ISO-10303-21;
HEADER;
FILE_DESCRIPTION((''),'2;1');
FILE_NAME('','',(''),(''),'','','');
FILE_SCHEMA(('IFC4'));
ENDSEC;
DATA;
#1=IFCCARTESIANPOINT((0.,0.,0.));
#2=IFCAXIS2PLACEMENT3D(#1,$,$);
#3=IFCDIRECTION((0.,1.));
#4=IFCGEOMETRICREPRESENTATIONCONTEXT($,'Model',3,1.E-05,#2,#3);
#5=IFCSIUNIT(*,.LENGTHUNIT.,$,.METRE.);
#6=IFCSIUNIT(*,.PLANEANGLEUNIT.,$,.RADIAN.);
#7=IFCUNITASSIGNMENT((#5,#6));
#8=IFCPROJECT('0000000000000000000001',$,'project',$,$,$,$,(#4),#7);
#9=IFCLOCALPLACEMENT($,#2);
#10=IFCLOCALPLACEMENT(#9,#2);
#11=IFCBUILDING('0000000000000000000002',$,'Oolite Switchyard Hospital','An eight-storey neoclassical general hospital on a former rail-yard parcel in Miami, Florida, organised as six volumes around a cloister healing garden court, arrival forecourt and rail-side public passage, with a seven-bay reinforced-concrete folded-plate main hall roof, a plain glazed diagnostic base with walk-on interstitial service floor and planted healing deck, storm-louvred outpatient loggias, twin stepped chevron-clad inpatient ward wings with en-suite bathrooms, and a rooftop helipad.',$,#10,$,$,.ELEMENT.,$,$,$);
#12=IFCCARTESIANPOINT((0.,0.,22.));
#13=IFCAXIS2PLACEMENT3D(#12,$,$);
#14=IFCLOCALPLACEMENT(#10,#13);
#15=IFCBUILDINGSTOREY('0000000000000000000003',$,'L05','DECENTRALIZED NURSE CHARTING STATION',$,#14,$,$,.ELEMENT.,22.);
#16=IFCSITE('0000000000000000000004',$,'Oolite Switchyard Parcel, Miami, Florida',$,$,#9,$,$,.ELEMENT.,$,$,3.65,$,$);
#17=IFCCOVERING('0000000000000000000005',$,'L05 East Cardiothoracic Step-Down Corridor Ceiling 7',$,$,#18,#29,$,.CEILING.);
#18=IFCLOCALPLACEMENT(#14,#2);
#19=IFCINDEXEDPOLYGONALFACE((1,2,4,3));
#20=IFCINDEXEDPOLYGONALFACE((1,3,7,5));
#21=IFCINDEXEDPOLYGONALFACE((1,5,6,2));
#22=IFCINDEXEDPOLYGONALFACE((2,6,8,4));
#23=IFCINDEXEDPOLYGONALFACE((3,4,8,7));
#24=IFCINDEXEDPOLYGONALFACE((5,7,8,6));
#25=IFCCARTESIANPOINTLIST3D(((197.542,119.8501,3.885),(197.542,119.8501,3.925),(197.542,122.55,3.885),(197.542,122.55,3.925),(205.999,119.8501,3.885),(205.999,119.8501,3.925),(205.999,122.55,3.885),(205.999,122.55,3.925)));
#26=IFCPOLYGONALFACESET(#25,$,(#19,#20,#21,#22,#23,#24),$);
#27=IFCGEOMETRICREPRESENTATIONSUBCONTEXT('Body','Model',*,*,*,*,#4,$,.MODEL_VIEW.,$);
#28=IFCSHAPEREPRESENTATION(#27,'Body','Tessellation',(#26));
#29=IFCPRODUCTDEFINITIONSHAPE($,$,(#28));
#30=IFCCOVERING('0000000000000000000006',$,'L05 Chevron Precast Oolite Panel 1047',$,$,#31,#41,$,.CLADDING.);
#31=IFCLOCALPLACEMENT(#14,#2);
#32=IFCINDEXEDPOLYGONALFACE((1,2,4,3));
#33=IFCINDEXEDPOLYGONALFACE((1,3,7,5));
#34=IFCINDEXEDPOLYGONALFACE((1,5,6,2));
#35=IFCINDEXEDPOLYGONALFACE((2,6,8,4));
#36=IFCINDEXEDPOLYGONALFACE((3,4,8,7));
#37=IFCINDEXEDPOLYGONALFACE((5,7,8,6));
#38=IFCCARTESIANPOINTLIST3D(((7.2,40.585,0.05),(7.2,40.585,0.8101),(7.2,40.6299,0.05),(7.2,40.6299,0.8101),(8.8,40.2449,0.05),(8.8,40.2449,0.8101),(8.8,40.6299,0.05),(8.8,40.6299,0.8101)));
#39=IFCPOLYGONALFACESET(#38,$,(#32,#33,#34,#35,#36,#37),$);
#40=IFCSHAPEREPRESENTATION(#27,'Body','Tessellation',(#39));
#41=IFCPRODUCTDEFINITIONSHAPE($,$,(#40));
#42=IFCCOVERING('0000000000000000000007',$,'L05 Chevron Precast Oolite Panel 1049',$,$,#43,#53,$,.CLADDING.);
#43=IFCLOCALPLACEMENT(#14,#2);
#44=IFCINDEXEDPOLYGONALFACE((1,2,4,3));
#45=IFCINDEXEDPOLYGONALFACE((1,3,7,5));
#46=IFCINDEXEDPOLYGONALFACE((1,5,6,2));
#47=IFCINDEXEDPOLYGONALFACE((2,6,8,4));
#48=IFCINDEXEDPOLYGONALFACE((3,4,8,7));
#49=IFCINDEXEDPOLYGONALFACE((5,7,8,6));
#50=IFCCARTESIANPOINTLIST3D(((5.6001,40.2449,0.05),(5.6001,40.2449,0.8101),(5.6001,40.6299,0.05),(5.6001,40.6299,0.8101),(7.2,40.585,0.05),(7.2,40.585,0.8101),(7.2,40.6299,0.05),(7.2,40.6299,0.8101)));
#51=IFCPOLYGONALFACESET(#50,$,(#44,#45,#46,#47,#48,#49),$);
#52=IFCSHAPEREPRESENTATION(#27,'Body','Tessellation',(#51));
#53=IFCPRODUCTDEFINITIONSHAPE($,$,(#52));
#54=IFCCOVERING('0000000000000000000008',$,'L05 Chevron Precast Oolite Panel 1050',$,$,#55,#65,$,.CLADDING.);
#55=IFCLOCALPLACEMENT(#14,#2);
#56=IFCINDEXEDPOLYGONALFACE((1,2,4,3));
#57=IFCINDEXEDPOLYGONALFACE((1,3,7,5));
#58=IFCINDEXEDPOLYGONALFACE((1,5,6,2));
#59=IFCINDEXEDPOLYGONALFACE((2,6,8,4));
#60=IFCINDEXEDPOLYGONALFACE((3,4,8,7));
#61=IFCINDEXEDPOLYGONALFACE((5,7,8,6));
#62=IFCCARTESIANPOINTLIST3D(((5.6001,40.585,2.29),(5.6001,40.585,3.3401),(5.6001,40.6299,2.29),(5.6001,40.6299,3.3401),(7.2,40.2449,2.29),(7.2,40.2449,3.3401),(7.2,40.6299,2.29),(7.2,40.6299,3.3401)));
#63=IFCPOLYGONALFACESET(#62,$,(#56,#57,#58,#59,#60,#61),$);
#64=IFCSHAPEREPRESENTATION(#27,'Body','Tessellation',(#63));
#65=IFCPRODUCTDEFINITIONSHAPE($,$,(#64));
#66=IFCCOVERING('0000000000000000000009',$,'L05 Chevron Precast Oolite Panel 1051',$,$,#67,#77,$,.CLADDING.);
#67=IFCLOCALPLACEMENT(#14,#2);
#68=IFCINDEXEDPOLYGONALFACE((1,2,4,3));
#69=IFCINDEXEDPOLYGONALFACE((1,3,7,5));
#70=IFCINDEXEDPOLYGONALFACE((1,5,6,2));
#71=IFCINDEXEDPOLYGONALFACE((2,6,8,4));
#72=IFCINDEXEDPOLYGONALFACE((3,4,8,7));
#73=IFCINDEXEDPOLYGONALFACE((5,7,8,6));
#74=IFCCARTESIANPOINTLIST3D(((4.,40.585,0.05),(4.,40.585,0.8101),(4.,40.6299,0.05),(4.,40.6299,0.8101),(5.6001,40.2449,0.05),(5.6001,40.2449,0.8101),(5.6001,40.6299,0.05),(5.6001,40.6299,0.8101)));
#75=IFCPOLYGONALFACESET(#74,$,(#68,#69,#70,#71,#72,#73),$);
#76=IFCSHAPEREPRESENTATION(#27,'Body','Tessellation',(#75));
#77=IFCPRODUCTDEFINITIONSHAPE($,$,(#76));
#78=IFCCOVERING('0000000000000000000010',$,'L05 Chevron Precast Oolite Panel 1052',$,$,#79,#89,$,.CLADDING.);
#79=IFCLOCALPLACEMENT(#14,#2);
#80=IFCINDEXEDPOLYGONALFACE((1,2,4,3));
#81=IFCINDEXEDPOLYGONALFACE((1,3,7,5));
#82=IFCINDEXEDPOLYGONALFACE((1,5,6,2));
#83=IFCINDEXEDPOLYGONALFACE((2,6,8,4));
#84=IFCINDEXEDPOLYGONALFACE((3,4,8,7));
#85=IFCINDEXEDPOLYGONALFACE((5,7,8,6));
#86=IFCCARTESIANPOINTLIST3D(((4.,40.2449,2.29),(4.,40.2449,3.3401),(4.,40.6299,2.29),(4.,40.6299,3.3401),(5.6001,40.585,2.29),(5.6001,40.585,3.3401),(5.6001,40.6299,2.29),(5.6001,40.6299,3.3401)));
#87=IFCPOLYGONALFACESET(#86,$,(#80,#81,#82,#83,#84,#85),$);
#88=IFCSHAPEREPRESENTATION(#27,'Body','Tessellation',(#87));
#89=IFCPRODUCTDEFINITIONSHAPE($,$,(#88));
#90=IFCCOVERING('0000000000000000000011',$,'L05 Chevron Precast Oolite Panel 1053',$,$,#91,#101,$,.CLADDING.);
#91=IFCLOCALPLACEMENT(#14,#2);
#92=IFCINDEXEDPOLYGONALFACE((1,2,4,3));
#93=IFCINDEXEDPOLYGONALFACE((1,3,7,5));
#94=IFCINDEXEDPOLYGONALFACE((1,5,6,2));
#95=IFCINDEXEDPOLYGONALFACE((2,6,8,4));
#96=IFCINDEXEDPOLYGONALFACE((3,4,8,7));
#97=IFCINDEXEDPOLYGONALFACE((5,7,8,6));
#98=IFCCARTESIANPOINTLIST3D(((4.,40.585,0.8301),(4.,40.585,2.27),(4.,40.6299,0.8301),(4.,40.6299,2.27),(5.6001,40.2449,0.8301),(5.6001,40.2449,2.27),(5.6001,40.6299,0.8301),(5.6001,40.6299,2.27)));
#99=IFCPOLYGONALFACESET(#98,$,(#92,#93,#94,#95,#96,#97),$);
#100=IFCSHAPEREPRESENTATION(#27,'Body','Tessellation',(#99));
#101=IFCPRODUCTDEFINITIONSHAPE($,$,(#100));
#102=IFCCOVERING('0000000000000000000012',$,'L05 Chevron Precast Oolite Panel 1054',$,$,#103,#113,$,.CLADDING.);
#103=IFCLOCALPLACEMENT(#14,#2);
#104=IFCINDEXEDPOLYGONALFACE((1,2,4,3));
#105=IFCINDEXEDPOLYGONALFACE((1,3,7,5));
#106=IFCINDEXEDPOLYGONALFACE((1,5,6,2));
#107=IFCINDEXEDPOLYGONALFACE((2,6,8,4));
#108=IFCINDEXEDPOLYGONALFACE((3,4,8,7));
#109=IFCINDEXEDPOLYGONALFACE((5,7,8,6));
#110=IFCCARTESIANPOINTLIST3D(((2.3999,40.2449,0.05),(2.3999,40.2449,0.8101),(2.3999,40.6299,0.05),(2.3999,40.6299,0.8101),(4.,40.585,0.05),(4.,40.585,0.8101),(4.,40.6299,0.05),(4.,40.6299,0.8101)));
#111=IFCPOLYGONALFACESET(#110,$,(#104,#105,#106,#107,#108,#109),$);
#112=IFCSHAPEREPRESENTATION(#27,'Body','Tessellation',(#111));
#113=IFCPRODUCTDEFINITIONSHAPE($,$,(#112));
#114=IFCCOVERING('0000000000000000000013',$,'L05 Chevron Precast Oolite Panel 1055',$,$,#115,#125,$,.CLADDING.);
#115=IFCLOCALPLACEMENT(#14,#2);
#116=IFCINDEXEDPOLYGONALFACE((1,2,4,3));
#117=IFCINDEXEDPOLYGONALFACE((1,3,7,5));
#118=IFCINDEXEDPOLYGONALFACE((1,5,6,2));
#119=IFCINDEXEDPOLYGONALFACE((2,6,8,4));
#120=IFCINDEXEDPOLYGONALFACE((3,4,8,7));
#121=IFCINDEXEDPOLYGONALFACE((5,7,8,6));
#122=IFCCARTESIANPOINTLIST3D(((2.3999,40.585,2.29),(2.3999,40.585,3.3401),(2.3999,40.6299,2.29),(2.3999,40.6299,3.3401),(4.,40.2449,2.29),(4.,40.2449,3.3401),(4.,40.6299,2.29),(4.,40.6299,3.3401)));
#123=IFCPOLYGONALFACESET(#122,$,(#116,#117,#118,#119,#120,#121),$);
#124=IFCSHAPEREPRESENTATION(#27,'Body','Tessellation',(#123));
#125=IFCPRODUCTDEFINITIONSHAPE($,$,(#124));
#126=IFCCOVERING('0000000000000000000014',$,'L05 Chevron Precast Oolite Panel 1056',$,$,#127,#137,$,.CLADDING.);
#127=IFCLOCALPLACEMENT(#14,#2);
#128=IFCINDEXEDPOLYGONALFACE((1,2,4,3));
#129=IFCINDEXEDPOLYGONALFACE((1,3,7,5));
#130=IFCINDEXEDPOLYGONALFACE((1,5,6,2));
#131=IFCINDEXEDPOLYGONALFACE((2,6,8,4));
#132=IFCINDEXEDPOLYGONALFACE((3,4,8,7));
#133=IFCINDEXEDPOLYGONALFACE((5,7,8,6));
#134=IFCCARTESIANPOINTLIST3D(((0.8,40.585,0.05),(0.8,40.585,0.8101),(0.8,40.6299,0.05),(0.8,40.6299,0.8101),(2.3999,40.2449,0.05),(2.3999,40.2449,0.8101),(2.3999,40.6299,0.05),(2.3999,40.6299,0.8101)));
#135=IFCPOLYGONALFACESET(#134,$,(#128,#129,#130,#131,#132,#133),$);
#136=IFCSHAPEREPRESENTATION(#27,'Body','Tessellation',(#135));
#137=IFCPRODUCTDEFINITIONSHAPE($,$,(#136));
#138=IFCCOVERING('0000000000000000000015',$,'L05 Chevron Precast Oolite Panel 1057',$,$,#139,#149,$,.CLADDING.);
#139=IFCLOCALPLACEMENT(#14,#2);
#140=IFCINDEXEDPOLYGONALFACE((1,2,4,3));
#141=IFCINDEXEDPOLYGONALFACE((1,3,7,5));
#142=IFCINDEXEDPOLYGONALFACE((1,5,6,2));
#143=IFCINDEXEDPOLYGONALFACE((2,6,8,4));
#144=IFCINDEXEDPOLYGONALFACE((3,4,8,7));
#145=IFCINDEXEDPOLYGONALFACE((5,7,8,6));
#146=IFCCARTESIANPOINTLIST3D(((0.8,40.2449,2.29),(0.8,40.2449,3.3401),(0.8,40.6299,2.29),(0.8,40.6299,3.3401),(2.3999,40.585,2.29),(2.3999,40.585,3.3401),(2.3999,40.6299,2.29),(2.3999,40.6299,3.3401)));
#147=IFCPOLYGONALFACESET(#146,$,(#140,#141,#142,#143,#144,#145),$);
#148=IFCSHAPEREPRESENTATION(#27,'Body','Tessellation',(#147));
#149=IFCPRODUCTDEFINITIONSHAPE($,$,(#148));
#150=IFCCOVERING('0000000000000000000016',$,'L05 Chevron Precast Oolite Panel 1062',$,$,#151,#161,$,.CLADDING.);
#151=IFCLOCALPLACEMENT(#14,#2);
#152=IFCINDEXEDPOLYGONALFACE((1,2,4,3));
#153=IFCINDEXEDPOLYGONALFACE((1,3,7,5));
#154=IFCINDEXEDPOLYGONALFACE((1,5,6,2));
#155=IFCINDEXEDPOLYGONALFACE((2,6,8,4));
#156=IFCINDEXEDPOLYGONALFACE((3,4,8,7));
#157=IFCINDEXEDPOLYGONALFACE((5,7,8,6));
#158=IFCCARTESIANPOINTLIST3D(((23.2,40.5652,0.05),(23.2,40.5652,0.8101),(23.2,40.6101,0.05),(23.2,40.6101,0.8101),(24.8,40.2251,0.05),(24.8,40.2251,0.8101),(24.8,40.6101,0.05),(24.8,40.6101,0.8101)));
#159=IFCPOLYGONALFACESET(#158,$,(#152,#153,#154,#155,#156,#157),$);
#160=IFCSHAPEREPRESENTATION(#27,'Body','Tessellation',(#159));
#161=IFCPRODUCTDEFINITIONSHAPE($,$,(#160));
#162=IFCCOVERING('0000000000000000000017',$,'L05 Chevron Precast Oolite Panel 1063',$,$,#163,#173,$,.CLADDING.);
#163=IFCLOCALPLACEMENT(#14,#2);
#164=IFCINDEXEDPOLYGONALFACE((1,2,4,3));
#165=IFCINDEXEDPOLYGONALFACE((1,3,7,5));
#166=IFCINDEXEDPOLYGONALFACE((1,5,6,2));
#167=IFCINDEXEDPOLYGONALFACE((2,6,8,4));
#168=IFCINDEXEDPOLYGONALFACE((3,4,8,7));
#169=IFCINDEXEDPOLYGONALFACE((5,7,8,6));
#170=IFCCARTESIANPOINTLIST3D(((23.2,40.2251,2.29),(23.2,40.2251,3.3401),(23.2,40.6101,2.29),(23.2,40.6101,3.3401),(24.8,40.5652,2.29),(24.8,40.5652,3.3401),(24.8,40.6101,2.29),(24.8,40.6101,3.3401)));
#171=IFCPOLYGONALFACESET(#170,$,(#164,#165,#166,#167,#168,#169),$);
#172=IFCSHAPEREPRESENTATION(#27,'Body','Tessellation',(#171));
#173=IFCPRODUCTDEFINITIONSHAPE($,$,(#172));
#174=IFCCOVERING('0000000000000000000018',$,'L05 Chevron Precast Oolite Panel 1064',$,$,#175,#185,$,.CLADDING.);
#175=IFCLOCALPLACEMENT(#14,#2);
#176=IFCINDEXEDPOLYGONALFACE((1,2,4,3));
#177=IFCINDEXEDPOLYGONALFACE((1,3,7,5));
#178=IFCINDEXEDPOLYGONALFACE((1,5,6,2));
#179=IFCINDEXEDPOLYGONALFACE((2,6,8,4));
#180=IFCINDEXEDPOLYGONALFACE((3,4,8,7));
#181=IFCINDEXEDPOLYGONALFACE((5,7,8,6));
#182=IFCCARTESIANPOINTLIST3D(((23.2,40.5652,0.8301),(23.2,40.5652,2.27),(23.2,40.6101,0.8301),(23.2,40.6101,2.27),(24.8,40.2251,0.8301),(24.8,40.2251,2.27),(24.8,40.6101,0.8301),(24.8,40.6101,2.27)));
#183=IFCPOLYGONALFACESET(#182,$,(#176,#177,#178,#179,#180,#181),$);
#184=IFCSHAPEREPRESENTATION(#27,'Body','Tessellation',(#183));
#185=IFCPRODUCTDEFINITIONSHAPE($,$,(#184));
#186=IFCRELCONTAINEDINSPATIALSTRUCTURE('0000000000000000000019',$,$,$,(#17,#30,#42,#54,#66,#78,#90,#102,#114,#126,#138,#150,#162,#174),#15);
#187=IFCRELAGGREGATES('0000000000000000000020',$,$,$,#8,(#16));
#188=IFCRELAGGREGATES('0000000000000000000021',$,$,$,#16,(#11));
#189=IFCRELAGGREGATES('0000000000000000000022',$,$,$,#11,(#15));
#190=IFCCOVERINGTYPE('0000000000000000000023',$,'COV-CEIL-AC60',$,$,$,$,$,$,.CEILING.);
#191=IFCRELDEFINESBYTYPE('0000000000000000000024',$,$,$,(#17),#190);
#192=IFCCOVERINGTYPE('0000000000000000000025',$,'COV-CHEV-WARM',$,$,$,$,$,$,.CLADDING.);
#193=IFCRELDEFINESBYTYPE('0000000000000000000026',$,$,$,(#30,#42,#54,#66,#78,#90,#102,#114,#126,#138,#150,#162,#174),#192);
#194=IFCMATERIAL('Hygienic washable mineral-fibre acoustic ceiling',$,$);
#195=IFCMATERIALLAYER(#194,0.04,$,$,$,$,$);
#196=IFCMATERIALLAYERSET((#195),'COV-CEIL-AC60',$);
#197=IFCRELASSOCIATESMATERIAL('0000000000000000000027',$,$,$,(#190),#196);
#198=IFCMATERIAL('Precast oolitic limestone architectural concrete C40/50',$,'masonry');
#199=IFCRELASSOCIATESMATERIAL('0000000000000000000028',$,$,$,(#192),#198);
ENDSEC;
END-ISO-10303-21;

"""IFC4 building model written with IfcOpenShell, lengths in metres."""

from ifc_helpers import new_model, si_unit, direction, frame, origin, place, context, subcontext, project, spatial, polyline, outline, extrude, material, layer, layer_set, type_object, element, save


model = new_model("IFC4")

# Units and contexts
model_context = context("Model", 3, precision=1e-05, world=origin(), true_north=direction((0.0, 1.0)))
body_context = subcontext(model_context, "Body", "Model", "MODEL_VIEW")
ifc_project = project(units=[si_unit("LENGTHUNIT", "METRE"), si_unit("PLANEANGLEUNIT", "RADIAN")], contexts=[model_context])

# Site, building, storey
site_placement = place(None, origin())
site = spatial("IfcSite", under=ifc_project, at=site_placement, Name="Oolite Switchyard Parcel, Miami, Florida", CompositionType="ELEMENT", RefElevation=3.65)
building_placement = place(site_placement, origin())
building = spatial("IfcBuilding", under=site, at=building_placement, Name="Oolite Switchyard Hospital", Description="An eight-storey neoclassical general hospital on a former rail-yard parcel in Miami, Florida, organised as six volumes around a cloister healing garden court, arrival forecourt and rail-side public passage, with a seven-bay reinforced-concrete folded-plate main hall roof, a plain glazed diagnostic base with walk-on interstitial service floor and planted healing deck, storm-louvred outpatient loggias, twin stepped chevron-clad inpatient ward wings with en-suite bathrooms, and a rooftop helipad.", CompositionType="ELEMENT")
storey_placement = place(building_placement, frame((0.0, 0.0, 22.0)))
storey = spatial("IfcBuildingStorey", under=building, at=storey_placement, Name="L05", Description="DECENTRALIZED NURSE CHARTING STATION", CompositionType="ELEMENT", Elevation=22.0)

# Coverings
ifc_material_1 = material(Name="Hygienic washable mineral-fibre acoustic ceiling")
ifc_layer_1 = layer(ifc_material_1, 0.04)
ifc_layer_set_1 = layer_set([ifc_layer_1], Name="COV-CEIL-AC60")
covering_type_1 = type_object("IfcCoveringType", Name="COV-CEIL-AC60", PredefinedType="CEILING", material=ifc_layer_set_1)
covering_1_placement = place(storey_placement, frame((0.0, 0.0, 3.885)))
element("IfcCovering", 1, at=covering_1_placement, inside=storey, type_object=covering_type_1, Name="L05 East Cardiothoracic Step-Down Corridor Ceiling 7", PredefinedType="CEILING", context=body_context, shape_type="SweptSolid", body=[
    extrude(outline(polyline([(197.542, 119.8501), (205.999, 119.8501), (205.999, 122.55), (197.542, 122.55), (197.542, 119.8501)])), origin(), (0.0, 0.0, 1.0), 0.04),
])
ifc_material_2 = material(Name="Precast oolitic limestone architectural concrete C40/50", Category="masonry")
covering_type_2 = type_object("IfcCoveringType", Name="COV-CHEV-WARM", PredefinedType="CLADDING", material=ifc_material_2)
covering_2_placement = place(storey_placement, frame((8.8, 40.6299, 0.05), z_axis=(0.0, 0.0, 1.0), x_axis=(-1.0, 0.0, 0.0)))
element("IfcCovering", 2, at=covering_2_placement, inside=storey, type_object=covering_type_2, Name="L05 Chevron Precast Oolite Panel 1047", PredefinedType="CLADDING", context=body_context, shape_type="SweptSolid", body=[
    extrude(outline(polyline([(0.0, 0.0), (1.6001, 0.0), (1.6001, 0.0449), (0.0, 0.385), (0.0, 0.0)])), origin(), (0.0, 0.0, 1.0), 0.76),
])
covering_3_placement = place(storey_placement, frame((7.2, 40.6299, 0.05), z_axis=(0.0, 0.0, 1.0), x_axis=(-1.0, 0.0, 0.0)))
element("IfcCovering", 3, at=covering_3_placement, inside=storey, type_object=covering_type_2, Name="L05 Chevron Precast Oolite Panel 1049", PredefinedType="CLADDING", context=body_context, shape_type="SweptSolid", body=[
    extrude(outline(polyline([(0.0, 0.0), (1.5999, 0.0), (1.5999, 0.385), (0.0, 0.0449), (0.0, 0.0)])), origin(), (0.0, 0.0, 1.0), 0.76),
])
covering_4_placement = place(storey_placement, frame((7.2, 40.6299, 2.29), z_axis=(0.0, 0.0, 1.0), x_axis=(-1.0, 0.0, 0.0)))
element("IfcCovering", 4, at=covering_4_placement, inside=storey, type_object=covering_type_2, Name="L05 Chevron Precast Oolite Panel 1050", PredefinedType="CLADDING", context=body_context, shape_type="SweptSolid", body=[
    extrude(outline(polyline([(0.0, 0.0), (1.5999, 0.0), (1.5999, 0.0449), (0.0, 0.385), (0.0, 0.0)])), origin(), (0.0, 0.0, 1.0), 1.05),
])
covering_5_placement = place(storey_placement, frame((5.6001, 40.6299, 0.05), z_axis=(0.0, 0.0, 1.0), x_axis=(-1.0, 0.0, 0.0)))
element("IfcCovering", 5, at=covering_5_placement, inside=storey, type_object=covering_type_2, Name="L05 Chevron Precast Oolite Panel 1051", PredefinedType="CLADDING", context=body_context, shape_type="SweptSolid", body=[
    extrude(outline(polyline([(0.0, 0.0), (1.6001, 0.0), (1.6001, 0.0449), (0.0, 0.385), (0.0, 0.0)])), origin(), (0.0, 0.0, 1.0), 0.76),
])
covering_6_placement = place(storey_placement, frame((5.6001, 40.6299, 2.29), z_axis=(0.0, 0.0, 1.0), x_axis=(-1.0, 0.0, 0.0)))
element("IfcCovering", 6, at=covering_6_placement, inside=storey, type_object=covering_type_2, Name="L05 Chevron Precast Oolite Panel 1052", PredefinedType="CLADDING", context=body_context, shape_type="SweptSolid", body=[
    extrude(outline(polyline([(0.0, 0.0), (1.6001, 0.0), (1.6001, 0.385), (0.0, 0.0449), (0.0, 0.0)])), origin(), (0.0, 0.0, 1.0), 1.05),
])
covering_7_placement = place(storey_placement, frame((5.6001, 40.6299, 0.8301), z_axis=(0.0, 0.0, 1.0), x_axis=(-1.0, 0.0, 0.0)))
element("IfcCovering", 7, at=covering_7_placement, inside=storey, type_object=covering_type_2, Name="L05 Chevron Precast Oolite Panel 1053", PredefinedType="CLADDING", context=body_context, shape_type="SweptSolid", body=[
    extrude(outline(polyline([(0.0, 0.0), (1.6001, 0.0), (1.6001, 0.0449), (0.0, 0.385), (0.0, 0.0)])), origin(), (0.0, 0.0, 1.0), 1.4399),
])
covering_8_placement = place(storey_placement, frame((4.0, 40.6299, 0.05), z_axis=(0.0, 0.0, 1.0), x_axis=(-1.0, 0.0, 0.0)))
element("IfcCovering", 8, at=covering_8_placement, inside=storey, type_object=covering_type_2, Name="L05 Chevron Precast Oolite Panel 1054", PredefinedType="CLADDING", context=body_context, shape_type="SweptSolid", body=[
    extrude(outline(polyline([(0.0, 0.0), (1.6001, 0.0), (1.6001, 0.385), (0.0, 0.0449), (0.0, 0.0)])), origin(), (0.0, 0.0, 1.0), 0.76),
])
covering_9_placement = place(storey_placement, frame((4.0, 40.6299, 2.29), z_axis=(0.0, 0.0, 1.0), x_axis=(-1.0, 0.0, 0.0)))
element("IfcCovering", 9, at=covering_9_placement, inside=storey, type_object=covering_type_2, Name="L05 Chevron Precast Oolite Panel 1055", PredefinedType="CLADDING", context=body_context, shape_type="SweptSolid", body=[
    extrude(outline(polyline([(0.0, 0.0), (1.6001, 0.0), (1.6001, 0.0449), (0.0, 0.385), (0.0, 0.0)])), origin(), (0.0, 0.0, 1.0), 1.05),
])
covering_10_placement = place(storey_placement, frame((2.3999, 40.6299, 0.05), z_axis=(0.0, 0.0, 1.0), x_axis=(-1.0, 0.0, 0.0)))
element("IfcCovering", 10, at=covering_10_placement, inside=storey, type_object=covering_type_2, Name="L05 Chevron Precast Oolite Panel 1056", PredefinedType="CLADDING", context=body_context, shape_type="SweptSolid", body=[
    extrude(outline(polyline([(0.0, 0.0), (1.5999, 0.0), (1.5999, 0.0449), (0.0, 0.385), (0.0, 0.0)])), origin(), (0.0, 0.0, 1.0), 0.76),
])
covering_11_placement = place(storey_placement, frame((2.3999, 40.6299, 2.29), z_axis=(0.0, 0.0, 1.0), x_axis=(-1.0, 0.0, 0.0)))
element("IfcCovering", 11, at=covering_11_placement, inside=storey, type_object=covering_type_2, Name="L05 Chevron Precast Oolite Panel 1057", PredefinedType="CLADDING", context=body_context, shape_type="SweptSolid", body=[
    extrude(outline(polyline([(0.0, 0.0), (1.5999, 0.0), (1.5999, 0.385), (0.0, 0.0449), (0.0, 0.0)])), origin(), (0.0, 0.0, 1.0), 1.05),
])
covering_12_placement = place(storey_placement, frame((24.8, 40.6101, 0.05), z_axis=(0.0, 0.0, 1.0), x_axis=(-1.0, 0.0, 0.0)))
element("IfcCovering", 12, at=covering_12_placement, inside=storey, type_object=covering_type_2, Name="L05 Chevron Precast Oolite Panel 1062", PredefinedType="CLADDING", context=body_context, shape_type="SweptSolid", body=[
    extrude(outline(polyline([(0.0, 0.0), (1.6001, 0.0), (1.6001, 0.0449), (0.0, 0.385), (0.0, 0.0)])), origin(), (0.0, 0.0, 1.0), 0.76),
])
covering_13_placement = place(storey_placement, frame((24.8, 40.6101, 2.29), z_axis=(0.0, 0.0, 1.0), x_axis=(-1.0, 0.0, 0.0)))
element("IfcCovering", 13, at=covering_13_placement, inside=storey, type_object=covering_type_2, Name="L05 Chevron Precast Oolite Panel 1063", PredefinedType="CLADDING", context=body_context, shape_type="SweptSolid", body=[
    extrude(outline(polyline([(0.0, 0.0), (1.6001, 0.0), (1.6001, 0.385), (0.0, 0.0449), (0.0, 0.0)])), origin(), (0.0, 0.0, 1.0), 1.05),
])
covering_14_placement = place(storey_placement, frame((24.8, 40.6101, 0.8301), z_axis=(0.0, 0.0, 1.0), x_axis=(-1.0, 0.0, 0.0)))
element("IfcCovering", 14, at=covering_14_placement, inside=storey, type_object=covering_type_2, Name="L05 Chevron Precast Oolite Panel 1064", PredefinedType="CLADDING", context=body_context, shape_type="SweptSolid", body=[
    extrude(outline(polyline([(0.0, 0.0), (1.6001, 0.0), (1.6001, 0.0449), (0.0, 0.385), (0.0, 0.0)])), origin(), (0.0, 0.0, 1.0), 1.4399),
])

save(model, "model.ifc")
